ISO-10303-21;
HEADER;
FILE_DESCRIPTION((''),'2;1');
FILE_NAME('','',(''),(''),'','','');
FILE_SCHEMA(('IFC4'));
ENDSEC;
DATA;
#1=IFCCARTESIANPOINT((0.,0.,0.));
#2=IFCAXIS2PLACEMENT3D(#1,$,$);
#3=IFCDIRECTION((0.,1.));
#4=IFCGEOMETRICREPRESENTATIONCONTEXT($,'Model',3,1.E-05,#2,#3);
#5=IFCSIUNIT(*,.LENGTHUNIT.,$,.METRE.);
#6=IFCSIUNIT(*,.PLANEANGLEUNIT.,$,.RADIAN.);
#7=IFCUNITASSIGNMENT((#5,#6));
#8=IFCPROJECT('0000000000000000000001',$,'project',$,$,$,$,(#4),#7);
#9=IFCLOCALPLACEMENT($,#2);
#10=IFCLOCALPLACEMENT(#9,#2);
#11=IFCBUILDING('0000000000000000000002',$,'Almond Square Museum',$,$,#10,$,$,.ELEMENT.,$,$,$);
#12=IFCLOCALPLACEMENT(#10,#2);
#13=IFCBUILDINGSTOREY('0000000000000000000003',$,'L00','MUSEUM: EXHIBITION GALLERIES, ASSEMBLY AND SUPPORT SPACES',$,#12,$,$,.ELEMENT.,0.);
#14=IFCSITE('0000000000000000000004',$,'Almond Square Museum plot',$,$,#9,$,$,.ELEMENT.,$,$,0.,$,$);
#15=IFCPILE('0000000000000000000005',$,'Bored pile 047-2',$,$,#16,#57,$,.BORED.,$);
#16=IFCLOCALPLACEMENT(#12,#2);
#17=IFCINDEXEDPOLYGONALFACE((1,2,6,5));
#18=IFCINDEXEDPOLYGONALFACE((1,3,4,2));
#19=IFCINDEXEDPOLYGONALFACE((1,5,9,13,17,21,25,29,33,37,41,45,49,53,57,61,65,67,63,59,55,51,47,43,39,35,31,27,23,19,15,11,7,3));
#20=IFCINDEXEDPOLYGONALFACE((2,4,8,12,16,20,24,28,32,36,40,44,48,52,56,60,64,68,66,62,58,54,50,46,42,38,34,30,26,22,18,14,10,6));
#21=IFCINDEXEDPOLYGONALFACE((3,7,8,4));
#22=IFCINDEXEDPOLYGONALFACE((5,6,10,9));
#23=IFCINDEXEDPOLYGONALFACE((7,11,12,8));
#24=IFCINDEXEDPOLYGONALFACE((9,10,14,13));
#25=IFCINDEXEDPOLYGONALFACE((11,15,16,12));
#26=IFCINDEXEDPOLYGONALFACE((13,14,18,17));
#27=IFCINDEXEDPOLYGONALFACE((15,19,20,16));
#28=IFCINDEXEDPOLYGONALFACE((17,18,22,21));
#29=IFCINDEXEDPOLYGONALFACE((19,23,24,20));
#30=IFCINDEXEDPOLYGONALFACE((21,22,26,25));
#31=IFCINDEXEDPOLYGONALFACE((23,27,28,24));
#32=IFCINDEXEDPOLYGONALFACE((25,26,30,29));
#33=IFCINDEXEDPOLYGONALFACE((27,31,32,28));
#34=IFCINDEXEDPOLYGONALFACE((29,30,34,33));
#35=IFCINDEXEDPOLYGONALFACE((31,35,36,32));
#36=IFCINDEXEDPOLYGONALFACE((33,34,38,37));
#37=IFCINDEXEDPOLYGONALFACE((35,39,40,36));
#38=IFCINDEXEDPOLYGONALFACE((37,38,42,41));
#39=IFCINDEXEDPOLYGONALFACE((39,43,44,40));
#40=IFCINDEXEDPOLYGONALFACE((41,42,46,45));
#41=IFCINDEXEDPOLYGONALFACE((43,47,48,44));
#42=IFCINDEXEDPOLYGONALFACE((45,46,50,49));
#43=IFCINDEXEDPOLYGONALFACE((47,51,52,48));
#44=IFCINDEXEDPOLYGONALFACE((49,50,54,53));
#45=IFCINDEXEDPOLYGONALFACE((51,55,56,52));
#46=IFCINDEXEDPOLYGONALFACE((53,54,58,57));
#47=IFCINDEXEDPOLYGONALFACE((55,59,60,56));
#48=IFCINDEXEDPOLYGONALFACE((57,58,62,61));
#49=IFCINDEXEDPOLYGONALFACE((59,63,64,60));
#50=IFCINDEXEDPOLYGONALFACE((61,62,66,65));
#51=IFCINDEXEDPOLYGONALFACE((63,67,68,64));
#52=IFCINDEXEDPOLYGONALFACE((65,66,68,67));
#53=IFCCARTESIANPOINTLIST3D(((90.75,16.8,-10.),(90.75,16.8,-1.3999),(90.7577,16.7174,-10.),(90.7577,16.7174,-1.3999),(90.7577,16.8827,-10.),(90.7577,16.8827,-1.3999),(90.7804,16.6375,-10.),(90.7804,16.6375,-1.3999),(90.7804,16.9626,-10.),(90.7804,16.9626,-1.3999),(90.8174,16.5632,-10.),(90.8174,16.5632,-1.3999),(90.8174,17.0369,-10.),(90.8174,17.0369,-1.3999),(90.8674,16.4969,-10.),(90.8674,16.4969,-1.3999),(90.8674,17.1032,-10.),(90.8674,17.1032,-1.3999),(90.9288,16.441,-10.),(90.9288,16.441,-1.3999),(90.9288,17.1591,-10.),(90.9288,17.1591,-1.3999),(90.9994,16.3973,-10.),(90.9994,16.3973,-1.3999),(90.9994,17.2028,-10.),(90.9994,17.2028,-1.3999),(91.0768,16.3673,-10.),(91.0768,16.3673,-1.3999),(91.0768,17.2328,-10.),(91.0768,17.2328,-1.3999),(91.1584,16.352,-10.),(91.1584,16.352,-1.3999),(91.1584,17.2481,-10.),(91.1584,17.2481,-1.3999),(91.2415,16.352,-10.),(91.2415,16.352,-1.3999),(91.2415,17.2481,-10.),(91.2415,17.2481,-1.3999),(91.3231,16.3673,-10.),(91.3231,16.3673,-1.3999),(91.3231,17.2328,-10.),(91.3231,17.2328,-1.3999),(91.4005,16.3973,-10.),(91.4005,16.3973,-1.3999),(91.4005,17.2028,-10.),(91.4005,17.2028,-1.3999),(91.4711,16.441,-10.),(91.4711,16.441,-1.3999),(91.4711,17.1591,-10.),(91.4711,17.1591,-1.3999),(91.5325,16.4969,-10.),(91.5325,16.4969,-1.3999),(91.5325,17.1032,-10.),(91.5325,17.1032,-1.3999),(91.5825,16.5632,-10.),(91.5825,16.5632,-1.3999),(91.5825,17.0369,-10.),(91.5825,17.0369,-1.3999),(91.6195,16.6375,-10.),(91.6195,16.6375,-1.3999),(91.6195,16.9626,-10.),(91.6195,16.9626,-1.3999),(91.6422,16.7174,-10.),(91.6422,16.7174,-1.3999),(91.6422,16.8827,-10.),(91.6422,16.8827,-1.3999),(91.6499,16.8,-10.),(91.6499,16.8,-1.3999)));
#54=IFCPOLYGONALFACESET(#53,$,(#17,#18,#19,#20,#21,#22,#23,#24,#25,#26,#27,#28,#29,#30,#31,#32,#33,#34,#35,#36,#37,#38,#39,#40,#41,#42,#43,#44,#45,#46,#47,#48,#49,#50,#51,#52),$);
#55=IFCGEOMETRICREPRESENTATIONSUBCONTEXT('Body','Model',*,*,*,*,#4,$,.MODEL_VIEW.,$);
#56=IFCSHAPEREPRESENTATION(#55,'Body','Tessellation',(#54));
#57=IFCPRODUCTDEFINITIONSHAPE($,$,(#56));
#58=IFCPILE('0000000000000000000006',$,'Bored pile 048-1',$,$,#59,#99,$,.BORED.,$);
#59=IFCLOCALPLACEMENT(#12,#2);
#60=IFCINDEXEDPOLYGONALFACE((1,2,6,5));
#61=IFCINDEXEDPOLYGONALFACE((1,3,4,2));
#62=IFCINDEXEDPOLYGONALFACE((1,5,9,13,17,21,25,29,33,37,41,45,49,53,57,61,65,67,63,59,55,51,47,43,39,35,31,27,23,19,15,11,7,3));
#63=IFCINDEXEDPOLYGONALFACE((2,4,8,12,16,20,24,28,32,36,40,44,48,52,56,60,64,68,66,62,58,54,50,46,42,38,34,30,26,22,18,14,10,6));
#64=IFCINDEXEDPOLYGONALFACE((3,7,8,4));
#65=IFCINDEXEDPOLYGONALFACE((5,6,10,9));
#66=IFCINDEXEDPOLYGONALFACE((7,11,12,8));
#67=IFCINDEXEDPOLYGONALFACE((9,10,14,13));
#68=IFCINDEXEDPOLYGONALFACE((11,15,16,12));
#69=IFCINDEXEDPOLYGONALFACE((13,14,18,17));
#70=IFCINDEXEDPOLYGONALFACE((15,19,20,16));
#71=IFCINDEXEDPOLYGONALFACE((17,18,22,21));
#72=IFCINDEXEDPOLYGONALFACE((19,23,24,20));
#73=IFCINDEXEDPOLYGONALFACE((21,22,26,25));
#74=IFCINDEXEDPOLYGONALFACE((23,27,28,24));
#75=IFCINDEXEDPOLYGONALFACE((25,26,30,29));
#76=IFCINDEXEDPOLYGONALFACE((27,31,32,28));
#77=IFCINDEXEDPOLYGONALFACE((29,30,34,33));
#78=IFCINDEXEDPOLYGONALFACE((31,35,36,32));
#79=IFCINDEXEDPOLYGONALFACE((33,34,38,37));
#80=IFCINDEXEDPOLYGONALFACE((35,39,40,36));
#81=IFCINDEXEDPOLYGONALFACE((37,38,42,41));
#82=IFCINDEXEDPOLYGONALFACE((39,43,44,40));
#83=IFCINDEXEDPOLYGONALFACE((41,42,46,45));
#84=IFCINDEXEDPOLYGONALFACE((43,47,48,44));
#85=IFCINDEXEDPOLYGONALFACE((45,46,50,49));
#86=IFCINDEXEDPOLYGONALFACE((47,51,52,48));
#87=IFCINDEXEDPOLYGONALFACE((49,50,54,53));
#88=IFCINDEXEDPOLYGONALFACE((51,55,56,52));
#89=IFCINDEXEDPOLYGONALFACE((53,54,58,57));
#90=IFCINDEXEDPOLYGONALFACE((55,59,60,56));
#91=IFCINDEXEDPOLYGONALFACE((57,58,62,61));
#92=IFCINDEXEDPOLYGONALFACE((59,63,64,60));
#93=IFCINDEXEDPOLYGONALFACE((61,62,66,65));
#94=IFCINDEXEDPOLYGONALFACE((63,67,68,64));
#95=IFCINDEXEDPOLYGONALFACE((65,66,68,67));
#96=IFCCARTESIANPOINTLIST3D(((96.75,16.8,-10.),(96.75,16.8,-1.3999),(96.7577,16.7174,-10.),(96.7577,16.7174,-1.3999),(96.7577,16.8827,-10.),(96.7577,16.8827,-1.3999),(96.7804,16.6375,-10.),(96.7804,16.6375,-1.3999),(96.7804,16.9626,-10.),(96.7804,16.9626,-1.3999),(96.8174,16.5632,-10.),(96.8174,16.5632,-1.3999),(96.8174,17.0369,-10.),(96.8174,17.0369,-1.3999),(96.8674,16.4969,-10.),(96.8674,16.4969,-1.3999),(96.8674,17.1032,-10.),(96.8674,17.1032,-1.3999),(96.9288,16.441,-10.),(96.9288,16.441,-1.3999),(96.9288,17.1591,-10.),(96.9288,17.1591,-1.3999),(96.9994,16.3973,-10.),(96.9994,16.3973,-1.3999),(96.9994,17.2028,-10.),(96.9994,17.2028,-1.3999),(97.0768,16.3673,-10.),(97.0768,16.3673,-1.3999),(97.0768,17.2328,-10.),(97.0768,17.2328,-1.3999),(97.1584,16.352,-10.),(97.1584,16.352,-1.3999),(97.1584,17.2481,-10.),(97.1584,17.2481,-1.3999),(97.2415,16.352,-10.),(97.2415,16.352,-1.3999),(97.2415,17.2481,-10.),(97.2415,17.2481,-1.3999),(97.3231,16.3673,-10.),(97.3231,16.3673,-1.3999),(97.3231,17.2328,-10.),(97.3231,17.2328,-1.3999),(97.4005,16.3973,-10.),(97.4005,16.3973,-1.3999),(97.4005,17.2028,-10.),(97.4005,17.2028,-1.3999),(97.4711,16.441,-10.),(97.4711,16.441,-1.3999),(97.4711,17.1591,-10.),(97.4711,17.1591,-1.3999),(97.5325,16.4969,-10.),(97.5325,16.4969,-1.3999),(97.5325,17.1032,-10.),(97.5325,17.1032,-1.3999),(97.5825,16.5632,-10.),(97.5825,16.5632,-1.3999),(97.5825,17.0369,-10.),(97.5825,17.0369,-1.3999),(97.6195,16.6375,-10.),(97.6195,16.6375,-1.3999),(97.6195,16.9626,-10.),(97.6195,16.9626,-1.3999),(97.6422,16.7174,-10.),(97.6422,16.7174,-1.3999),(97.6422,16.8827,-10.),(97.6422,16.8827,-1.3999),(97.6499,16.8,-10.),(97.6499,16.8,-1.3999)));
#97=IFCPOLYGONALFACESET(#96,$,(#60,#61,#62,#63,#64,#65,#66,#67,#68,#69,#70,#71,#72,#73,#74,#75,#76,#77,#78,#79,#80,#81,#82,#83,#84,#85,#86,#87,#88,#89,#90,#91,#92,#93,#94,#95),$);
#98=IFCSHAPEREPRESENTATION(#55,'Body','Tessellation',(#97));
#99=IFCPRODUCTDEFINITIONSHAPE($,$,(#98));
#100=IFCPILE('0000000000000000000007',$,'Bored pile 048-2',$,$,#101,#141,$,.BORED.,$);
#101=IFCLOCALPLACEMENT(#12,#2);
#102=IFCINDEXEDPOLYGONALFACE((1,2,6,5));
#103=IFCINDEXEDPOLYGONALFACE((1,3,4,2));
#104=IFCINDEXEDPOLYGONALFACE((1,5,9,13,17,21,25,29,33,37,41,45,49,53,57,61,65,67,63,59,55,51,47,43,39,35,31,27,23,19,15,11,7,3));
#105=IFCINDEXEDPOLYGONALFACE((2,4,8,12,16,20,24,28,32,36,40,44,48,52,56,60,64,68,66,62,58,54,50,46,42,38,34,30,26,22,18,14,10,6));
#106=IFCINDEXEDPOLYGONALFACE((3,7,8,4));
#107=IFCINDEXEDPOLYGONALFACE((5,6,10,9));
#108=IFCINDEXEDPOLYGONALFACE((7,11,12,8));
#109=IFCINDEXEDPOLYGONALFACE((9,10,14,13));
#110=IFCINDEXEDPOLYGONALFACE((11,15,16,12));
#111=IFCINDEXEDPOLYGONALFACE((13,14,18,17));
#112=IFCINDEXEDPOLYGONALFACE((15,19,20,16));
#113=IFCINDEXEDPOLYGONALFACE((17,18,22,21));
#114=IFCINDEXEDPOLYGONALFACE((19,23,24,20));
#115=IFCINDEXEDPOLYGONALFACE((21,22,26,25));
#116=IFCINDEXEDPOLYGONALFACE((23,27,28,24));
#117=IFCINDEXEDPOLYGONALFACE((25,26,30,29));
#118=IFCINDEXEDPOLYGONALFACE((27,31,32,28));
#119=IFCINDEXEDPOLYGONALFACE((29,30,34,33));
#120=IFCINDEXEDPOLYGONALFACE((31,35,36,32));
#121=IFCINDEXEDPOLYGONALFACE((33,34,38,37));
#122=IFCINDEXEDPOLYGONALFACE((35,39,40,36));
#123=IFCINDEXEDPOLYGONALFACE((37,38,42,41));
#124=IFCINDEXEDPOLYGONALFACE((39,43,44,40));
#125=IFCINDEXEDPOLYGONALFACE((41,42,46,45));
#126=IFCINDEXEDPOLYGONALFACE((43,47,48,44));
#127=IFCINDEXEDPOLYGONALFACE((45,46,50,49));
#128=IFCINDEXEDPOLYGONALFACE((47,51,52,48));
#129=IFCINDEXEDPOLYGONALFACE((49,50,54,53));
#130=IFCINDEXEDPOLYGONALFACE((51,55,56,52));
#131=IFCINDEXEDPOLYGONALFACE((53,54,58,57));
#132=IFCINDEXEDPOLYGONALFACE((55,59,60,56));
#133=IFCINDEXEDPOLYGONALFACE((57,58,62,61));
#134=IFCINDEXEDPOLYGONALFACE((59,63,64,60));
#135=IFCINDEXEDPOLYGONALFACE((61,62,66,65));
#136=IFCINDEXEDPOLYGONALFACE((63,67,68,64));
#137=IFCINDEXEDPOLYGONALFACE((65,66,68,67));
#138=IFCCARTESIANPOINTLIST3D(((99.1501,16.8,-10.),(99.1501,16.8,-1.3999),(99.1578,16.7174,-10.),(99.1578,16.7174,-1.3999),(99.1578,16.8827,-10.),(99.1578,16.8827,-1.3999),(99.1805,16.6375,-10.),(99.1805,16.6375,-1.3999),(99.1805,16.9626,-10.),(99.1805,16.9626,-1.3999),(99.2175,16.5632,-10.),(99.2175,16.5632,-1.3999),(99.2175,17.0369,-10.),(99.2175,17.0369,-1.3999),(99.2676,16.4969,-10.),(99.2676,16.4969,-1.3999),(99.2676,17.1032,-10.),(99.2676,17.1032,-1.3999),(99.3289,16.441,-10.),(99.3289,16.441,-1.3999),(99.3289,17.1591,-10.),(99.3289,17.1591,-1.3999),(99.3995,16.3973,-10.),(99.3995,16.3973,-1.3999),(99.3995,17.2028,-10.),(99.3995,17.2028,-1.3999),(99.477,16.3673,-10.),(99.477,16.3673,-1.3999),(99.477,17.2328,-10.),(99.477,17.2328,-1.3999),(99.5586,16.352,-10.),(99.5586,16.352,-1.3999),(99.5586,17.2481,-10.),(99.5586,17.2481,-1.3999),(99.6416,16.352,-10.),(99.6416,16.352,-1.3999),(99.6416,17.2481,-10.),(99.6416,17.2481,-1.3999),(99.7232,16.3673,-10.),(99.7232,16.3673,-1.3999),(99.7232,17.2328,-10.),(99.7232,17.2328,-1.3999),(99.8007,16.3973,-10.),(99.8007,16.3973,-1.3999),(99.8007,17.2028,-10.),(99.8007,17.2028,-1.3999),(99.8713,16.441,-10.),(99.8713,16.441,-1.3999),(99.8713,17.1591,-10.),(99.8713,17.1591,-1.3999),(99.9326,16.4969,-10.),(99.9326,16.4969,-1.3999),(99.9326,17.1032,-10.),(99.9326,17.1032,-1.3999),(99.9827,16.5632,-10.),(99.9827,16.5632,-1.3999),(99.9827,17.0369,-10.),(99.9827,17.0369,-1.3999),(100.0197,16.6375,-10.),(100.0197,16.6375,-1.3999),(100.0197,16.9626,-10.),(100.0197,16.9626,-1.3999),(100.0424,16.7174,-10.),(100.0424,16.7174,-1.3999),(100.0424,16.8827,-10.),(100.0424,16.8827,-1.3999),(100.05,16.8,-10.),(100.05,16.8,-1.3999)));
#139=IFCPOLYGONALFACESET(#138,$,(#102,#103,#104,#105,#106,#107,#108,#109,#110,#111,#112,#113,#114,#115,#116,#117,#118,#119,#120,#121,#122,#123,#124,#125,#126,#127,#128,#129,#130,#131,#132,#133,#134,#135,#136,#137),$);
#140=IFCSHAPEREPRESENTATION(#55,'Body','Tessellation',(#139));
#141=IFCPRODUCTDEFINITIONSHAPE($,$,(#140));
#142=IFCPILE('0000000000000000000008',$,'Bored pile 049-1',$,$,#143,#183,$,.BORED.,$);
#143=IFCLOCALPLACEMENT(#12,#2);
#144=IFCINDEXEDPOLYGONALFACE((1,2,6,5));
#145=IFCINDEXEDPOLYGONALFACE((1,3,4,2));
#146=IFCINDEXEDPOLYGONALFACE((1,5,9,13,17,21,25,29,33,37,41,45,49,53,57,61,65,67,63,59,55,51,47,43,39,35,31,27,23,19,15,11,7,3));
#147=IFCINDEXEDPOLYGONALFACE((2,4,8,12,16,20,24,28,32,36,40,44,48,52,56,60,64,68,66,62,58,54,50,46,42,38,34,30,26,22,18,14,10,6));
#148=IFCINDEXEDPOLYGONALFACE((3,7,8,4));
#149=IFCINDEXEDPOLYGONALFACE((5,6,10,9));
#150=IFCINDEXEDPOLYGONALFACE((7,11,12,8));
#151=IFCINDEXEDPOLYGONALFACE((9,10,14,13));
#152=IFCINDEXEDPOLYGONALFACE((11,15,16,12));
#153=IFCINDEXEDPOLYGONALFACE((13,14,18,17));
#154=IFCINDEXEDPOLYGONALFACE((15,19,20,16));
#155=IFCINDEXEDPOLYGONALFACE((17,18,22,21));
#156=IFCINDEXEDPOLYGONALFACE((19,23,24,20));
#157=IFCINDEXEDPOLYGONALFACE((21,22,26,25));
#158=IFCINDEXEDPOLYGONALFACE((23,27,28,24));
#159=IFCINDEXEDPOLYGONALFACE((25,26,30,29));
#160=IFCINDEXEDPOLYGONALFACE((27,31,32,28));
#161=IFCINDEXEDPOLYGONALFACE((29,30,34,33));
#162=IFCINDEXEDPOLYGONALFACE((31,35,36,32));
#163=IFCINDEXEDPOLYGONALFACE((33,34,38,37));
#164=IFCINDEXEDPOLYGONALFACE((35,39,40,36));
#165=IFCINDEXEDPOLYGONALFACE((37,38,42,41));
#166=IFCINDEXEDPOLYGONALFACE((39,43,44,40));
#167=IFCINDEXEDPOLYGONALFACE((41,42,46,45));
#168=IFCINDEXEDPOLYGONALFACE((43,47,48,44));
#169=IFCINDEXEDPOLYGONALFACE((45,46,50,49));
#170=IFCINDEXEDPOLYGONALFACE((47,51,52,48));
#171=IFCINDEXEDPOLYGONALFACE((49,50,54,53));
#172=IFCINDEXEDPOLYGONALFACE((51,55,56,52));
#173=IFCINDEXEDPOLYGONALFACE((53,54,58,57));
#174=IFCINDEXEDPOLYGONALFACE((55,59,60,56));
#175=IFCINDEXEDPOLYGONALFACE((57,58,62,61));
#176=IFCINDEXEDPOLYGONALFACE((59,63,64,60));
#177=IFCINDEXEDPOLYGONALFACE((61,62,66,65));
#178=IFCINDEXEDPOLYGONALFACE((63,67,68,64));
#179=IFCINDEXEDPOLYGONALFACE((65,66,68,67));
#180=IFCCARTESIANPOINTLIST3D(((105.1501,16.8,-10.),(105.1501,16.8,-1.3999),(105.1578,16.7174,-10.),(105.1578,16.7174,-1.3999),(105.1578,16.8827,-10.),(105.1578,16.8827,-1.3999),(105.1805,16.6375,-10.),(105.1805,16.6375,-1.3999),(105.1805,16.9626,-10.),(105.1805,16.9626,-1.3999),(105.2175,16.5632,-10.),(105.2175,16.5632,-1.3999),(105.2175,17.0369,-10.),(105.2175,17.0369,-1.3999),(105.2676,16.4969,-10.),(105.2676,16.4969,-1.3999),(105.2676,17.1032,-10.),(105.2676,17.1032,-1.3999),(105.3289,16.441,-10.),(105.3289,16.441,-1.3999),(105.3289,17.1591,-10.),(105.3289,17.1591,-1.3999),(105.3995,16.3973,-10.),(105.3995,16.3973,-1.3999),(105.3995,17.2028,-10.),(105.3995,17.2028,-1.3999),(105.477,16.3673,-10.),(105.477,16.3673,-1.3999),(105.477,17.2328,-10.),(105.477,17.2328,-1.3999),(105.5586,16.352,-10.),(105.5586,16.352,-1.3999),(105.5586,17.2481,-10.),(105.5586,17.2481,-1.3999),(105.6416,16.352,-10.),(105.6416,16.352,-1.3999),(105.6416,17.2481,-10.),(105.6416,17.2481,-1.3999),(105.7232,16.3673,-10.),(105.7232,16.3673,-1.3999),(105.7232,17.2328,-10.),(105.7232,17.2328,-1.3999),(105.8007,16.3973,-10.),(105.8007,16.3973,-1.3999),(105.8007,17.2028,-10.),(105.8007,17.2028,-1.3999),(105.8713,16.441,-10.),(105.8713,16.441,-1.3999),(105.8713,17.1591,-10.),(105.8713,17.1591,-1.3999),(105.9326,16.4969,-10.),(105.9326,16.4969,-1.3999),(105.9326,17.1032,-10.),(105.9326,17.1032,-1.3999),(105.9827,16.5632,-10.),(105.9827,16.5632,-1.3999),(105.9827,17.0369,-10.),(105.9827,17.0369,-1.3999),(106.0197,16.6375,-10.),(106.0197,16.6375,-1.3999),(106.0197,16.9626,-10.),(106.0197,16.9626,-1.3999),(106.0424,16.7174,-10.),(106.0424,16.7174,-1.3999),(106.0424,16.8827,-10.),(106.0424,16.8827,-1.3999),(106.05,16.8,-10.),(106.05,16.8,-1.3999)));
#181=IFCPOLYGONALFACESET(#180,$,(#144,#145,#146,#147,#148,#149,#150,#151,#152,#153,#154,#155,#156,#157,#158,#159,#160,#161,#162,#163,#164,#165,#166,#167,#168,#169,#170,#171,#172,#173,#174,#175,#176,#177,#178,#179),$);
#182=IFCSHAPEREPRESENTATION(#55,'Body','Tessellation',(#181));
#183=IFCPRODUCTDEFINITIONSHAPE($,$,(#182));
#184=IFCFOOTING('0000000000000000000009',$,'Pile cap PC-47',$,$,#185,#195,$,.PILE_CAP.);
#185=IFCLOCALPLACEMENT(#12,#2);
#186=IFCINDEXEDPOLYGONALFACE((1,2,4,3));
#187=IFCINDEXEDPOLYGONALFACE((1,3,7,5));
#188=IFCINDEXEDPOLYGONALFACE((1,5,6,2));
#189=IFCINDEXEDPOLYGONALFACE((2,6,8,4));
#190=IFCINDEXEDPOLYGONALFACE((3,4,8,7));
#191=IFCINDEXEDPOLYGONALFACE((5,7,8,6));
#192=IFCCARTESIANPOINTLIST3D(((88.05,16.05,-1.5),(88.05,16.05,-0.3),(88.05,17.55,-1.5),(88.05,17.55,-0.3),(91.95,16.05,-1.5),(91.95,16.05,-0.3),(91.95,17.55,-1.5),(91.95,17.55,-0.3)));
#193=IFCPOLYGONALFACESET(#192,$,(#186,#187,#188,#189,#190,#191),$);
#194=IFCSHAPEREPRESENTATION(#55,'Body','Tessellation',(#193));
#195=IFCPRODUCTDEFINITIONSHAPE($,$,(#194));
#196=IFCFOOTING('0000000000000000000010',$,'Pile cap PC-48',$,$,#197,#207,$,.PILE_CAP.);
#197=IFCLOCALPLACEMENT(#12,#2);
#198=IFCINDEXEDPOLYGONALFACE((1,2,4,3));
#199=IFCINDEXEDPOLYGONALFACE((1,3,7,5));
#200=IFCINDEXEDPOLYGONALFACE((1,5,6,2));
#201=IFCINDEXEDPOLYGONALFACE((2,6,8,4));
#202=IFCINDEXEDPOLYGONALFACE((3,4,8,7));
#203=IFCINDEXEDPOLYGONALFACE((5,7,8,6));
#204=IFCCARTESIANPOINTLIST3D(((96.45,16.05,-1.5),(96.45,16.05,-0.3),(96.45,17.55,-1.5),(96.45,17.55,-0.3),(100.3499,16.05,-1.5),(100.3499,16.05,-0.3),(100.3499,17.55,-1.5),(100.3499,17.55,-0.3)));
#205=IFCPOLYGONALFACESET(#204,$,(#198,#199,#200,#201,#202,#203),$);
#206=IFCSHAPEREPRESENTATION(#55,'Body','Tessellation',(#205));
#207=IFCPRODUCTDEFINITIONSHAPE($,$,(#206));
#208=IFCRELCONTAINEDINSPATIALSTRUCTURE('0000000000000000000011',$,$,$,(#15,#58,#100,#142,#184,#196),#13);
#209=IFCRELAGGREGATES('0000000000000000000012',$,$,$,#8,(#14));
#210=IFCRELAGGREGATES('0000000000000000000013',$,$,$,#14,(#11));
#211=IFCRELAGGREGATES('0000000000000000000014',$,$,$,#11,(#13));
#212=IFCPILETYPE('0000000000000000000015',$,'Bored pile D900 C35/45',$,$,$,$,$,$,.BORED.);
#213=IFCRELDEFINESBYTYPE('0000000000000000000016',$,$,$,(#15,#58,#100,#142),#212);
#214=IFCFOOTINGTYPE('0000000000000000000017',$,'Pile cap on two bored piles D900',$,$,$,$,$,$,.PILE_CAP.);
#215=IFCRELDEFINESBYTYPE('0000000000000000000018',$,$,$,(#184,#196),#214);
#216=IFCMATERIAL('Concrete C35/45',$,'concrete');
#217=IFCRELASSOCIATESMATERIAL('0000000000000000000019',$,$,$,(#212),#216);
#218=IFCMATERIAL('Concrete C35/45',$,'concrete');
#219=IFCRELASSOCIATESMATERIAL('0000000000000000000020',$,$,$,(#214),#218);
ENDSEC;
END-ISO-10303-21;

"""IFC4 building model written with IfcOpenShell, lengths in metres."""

from ifc_helpers import new_model, si_unit, direction, frame, origin, origin_2d, place, context, subcontext, project, spatial, rectangle, circle, extrude, material, material_profile, profile_set, type_object, element, save


model = new_model("IFC4")

# Units and contexts
model_context = context("Model", 3, precision=1e-05, world=origin(), true_north=direction((0.0, 1.0)))
body_context = subcontext(model_context, "Body", "Model", "MODEL_VIEW")
ifc_project = project(units=[si_unit("LENGTHUNIT", "METRE"), si_unit("PLANEANGLEUNIT", "RADIAN")], contexts=[model_context])

# Site, building, storey
site_placement = place(None, origin())
site = spatial("IfcSite", under=ifc_project, at=site_placement, Name="Almond Square Museum plot", CompositionType="ELEMENT", RefElevation=0.0)
building_placement = place(site_placement, origin())
building = spatial("IfcBuilding", under=site, at=building_placement, Name="Almond Square Museum", CompositionType="ELEMENT")
storey_placement = place(building_placement, origin())
storey = spatial("IfcBuildingStorey", under=building, at=storey_placement, Name="L00", Description="MUSEUM: EXHIBITION GALLERIES, ASSEMBLY AND SUPPORT SPACES", CompositionType="ELEMENT", Elevation=0.0)

# Piles
ifc_material_1 = material(Name="Concrete C35/45", Category="concrete")
ifc_material_profile_1 = material_profile(ifc_material_1, circle(Radius=0.45, at=origin_2d()))
ifc_profile_set_1 = profile_set([ifc_material_profile_1], Name="Concrete C35/45")
pile_type = type_object("IfcPileType", Name="Bored pile D900 C35/45", PredefinedType="BORED", material=ifc_profile_set_1)
for number, where, z_axis, x_axis, name in (
    (1, (91.2, 16.8, -1.3999), (0.0, 0.0, -1.0), (1.0, 0.0, 0.0), "Bored pile 047-2"),
    (2, (97.2, 16.8, -1.3999), (0.0, 0.0, -1.0), (1.0, 0.0, 0.0), "Bored pile 048-1"),
    (3, (99.6001, 16.8, -1.3999), (0.0, 0.0, -1.0), (1.0, 0.0, 0.0), "Bored pile 048-2"),
    (4, (105.6001, 16.8, -1.3999), (0.0, 0.0, -1.0), (1.0, 0.0, 0.0), "Bored pile 049-1"),
):
    element("IfcPile", number, at=place(storey_placement, frame(where, z_axis=z_axis, x_axis=x_axis)), inside=storey, type_object=pile_type, Name=name, PredefinedType="BORED", context=body_context, shape_type="SweptSolid", body=[
        extrude(circle(Radius=0.45, at=origin_2d()), origin(), (0.0, 0.0, 1.0), 8.6001),
    ])

# Footings
ifc_material_2 = material(Name="Concrete C35/45", Category="concrete")
footing_type = type_object("IfcFootingType", Name="Pile cap on two bored piles D900", PredefinedType="PILE_CAP", material=ifc_material_2)
for number, where, z_axis, x_axis, name in (
    (5, (90.0, 16.8, -1.5), (0.0, 0.0, 1.0), (1.0, 0.0, 0.0), "Pile cap PC-47"),
    (6, (98.3999, 16.8, -1.5), (0.0, 0.0, 1.0), (1.0, 0.0, 0.0), "Pile cap PC-48"),
):
    element("IfcFooting", number, at=place(storey_placement, frame(where, z_axis=z_axis, x_axis=x_axis)), inside=storey, type_object=footing_type, Name=name, PredefinedType="PILE_CAP", context=body_context, shape_type="SweptSolid", body=[
        extrude(rectangle(XDim=3.8999, YDim=1.5, at=origin_2d()), origin(), (0.0, 0.0, 1.0), 1.2),
    ])

save(model, "model.ifc")
